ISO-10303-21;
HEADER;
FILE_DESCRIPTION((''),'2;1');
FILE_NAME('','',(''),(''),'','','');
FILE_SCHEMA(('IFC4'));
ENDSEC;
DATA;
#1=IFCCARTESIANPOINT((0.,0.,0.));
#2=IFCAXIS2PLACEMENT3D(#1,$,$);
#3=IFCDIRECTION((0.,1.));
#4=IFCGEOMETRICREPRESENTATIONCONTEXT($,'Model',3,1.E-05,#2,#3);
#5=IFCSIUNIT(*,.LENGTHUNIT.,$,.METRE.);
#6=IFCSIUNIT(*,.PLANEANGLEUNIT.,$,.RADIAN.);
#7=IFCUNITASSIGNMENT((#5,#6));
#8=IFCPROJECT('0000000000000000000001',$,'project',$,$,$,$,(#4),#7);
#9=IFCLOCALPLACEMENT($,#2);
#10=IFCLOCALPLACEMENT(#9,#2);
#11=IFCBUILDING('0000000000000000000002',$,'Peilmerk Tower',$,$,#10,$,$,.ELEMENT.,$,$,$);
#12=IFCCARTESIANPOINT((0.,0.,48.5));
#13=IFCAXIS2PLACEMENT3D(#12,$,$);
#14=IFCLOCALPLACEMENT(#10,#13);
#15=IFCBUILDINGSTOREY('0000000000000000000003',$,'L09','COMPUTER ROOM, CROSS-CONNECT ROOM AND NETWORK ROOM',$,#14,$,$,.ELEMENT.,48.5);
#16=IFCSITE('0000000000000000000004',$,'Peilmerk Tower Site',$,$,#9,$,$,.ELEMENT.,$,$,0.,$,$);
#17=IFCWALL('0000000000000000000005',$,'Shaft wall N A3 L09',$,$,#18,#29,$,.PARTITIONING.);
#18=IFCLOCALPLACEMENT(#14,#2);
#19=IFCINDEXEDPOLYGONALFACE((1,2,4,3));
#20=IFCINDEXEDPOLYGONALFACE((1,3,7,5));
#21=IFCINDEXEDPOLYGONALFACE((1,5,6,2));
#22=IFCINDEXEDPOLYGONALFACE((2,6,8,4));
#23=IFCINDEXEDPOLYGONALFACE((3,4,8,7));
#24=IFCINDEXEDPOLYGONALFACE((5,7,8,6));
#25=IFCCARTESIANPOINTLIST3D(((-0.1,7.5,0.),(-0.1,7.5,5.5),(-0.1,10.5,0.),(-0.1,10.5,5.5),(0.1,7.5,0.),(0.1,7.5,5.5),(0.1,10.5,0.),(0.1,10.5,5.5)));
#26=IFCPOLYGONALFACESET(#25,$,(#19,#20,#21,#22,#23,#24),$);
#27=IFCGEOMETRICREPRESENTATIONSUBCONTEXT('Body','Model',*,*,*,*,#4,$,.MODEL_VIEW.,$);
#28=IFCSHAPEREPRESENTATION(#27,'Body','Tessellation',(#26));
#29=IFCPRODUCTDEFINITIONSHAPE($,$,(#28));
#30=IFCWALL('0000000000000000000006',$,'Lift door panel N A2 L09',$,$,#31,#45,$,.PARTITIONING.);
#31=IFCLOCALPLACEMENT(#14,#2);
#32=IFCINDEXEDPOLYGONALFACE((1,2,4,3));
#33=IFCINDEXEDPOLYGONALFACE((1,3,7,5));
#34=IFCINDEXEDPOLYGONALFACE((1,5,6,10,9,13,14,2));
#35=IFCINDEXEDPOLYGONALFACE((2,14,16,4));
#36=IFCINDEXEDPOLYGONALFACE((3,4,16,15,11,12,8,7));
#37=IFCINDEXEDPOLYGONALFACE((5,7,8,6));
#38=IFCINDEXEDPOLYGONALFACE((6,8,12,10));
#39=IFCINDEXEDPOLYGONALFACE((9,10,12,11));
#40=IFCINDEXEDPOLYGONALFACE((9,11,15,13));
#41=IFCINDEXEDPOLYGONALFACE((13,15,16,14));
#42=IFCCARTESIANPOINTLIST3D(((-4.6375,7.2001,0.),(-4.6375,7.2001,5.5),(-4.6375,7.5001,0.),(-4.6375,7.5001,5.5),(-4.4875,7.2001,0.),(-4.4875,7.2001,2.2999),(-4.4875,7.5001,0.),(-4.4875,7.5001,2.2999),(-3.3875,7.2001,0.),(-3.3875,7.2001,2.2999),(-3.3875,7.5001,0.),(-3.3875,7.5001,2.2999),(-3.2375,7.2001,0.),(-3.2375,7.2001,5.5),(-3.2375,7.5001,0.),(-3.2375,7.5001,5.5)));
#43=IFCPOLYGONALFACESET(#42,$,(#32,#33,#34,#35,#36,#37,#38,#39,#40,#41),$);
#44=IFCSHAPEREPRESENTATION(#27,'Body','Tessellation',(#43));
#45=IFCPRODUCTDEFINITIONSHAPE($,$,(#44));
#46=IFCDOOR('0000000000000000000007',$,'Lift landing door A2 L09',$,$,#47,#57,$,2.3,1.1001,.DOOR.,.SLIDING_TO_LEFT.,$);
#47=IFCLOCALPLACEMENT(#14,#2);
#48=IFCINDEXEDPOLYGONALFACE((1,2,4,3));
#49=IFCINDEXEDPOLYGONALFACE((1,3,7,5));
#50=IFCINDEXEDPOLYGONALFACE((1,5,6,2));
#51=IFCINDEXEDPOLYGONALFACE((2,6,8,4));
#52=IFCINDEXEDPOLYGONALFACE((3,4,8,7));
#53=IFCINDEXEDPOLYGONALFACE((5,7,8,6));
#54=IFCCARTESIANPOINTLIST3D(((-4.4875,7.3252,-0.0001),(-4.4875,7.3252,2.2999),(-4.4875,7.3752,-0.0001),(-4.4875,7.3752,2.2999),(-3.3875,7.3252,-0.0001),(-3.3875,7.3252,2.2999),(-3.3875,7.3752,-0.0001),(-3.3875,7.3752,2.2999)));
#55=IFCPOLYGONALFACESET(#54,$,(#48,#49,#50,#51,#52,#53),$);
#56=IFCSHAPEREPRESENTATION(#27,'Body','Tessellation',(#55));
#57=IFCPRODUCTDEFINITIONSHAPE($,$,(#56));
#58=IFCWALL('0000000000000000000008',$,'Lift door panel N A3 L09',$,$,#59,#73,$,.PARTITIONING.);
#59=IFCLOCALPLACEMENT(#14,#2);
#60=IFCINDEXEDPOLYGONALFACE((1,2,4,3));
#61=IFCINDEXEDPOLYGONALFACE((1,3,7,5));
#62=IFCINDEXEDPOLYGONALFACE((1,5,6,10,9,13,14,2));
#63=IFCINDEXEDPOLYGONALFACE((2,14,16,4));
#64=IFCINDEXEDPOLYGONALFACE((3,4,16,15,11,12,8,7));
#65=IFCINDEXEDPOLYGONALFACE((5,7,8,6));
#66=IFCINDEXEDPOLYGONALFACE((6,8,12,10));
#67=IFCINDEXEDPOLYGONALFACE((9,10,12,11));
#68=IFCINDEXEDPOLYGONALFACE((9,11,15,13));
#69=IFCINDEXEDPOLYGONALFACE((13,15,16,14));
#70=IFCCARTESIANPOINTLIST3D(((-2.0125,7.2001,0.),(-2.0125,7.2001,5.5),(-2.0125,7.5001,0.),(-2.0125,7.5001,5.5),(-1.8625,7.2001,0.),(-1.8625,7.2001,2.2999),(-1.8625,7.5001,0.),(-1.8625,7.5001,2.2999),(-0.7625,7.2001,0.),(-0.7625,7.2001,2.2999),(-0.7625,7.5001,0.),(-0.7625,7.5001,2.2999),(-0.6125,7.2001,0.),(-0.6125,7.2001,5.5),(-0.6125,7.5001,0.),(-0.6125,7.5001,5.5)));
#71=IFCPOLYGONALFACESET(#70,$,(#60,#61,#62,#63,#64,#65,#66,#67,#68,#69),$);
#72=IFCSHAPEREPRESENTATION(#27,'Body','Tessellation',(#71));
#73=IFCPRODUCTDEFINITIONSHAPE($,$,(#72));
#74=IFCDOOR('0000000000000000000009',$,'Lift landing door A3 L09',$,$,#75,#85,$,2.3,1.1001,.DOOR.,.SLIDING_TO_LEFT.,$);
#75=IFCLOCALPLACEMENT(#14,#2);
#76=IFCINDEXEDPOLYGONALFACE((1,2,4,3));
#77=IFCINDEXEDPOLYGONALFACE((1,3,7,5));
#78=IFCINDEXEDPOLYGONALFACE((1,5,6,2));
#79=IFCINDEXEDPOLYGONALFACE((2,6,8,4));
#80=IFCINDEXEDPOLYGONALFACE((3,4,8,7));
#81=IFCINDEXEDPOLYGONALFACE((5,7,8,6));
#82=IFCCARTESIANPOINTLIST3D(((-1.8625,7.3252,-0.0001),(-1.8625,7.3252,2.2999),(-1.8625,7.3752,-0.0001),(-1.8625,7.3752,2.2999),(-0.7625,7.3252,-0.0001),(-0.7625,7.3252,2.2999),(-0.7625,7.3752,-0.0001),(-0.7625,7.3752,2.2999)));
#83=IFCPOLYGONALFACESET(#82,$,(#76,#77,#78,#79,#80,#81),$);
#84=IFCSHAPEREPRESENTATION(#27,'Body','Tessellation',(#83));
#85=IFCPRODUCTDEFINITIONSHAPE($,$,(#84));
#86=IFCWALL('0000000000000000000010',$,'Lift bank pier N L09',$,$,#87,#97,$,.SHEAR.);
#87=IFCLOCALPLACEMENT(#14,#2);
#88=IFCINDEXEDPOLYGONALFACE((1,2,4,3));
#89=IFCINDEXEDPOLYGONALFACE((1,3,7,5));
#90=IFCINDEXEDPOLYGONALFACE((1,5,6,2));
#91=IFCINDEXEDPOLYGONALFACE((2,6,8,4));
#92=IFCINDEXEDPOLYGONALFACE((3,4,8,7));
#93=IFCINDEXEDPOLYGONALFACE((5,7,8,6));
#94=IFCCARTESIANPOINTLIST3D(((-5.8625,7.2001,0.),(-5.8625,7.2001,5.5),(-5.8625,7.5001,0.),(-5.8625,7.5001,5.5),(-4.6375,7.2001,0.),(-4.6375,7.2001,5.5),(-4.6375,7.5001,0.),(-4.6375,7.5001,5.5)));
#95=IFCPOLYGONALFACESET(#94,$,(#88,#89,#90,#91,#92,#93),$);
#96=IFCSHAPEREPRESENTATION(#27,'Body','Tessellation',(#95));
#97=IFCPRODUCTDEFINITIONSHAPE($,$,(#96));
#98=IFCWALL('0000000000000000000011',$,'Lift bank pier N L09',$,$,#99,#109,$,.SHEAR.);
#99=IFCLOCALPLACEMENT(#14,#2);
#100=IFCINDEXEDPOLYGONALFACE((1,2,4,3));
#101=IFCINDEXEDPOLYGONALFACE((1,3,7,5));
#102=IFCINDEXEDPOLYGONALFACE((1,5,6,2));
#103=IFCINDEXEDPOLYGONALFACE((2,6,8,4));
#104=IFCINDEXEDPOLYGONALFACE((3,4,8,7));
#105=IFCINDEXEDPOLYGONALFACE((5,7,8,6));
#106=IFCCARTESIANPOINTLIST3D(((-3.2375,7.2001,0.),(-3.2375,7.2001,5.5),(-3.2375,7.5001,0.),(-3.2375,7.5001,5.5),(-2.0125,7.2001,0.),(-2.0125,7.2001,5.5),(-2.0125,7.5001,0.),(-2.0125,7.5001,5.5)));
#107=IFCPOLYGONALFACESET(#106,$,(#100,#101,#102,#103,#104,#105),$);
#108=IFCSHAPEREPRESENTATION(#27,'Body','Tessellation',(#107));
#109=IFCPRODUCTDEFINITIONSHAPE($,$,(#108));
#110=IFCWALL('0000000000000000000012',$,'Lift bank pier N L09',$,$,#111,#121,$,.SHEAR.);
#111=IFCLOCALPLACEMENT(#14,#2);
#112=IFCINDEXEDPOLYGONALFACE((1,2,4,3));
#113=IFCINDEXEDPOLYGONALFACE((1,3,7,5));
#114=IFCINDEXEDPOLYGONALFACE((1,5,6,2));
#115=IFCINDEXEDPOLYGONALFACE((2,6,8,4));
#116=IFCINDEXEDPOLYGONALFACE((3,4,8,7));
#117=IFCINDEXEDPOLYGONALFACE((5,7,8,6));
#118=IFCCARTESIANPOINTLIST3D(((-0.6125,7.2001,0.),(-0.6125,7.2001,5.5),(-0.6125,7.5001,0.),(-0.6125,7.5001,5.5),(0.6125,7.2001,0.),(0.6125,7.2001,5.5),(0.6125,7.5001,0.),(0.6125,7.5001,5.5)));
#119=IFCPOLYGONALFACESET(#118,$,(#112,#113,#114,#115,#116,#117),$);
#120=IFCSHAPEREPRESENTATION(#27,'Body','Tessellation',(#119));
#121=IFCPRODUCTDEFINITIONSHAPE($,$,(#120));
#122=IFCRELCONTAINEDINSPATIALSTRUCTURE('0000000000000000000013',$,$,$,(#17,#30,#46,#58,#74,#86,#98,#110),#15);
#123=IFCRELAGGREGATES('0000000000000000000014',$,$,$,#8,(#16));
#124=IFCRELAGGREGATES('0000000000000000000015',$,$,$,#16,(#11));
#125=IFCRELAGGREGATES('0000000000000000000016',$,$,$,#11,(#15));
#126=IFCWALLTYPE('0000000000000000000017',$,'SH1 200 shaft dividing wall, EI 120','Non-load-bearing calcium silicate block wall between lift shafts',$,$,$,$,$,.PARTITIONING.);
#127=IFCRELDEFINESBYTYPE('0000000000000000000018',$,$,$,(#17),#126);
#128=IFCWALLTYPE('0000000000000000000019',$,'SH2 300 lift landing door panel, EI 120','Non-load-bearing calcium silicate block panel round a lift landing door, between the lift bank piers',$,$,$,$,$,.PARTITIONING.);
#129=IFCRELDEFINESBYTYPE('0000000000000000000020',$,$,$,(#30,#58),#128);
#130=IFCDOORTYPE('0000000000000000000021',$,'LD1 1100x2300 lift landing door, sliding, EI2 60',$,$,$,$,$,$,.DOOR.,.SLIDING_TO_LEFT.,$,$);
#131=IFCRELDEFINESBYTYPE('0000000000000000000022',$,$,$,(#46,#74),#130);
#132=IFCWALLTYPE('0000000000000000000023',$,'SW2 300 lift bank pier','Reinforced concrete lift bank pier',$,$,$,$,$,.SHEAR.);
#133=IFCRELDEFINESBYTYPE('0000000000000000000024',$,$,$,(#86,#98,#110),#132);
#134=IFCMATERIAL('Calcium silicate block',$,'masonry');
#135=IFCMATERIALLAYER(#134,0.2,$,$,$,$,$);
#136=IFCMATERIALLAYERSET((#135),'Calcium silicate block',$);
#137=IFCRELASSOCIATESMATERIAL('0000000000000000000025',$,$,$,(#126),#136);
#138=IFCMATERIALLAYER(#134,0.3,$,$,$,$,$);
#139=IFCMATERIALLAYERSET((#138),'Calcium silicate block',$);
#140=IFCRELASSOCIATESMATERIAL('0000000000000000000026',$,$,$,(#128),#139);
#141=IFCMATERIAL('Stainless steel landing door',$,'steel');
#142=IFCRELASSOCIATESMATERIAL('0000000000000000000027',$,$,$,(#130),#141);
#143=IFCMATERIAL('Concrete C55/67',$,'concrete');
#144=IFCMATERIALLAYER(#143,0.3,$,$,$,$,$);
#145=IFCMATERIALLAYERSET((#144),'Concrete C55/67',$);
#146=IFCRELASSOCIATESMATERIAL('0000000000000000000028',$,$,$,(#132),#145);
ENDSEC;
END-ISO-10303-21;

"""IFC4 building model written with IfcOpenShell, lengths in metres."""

from ifc_helpers import new_model, si_unit, direction, frame, frame_2d, origin, place, context, subcontext, project, spatial, rectangle, extrude, material, layer, layer_set, type_object, element, fill, save


model = new_model("IFC4")

# Units and contexts
model_context = context("Model", 3, precision=1e-05, world=origin(), true_north=direction((0.0, 1.0)))
body_context = subcontext(model_context, "Body", "Model", "MODEL_VIEW")
ifc_project = project(units=[si_unit("LENGTHUNIT", "METRE"), si_unit("PLANEANGLEUNIT", "RADIAN")], contexts=[model_context])

# Site, building, storey
site_placement = place(None, origin())
site = spatial("IfcSite", under=ifc_project, at=site_placement, Name="Peilmerk Tower Site", CompositionType="ELEMENT", RefElevation=0.0)
building_placement = place(site_placement, origin())
building = spatial("IfcBuilding", under=site, at=building_placement, Name="Peilmerk Tower", CompositionType="ELEMENT")
storey_placement = place(building_placement, frame((0.0, 0.0, 48.5)))
storey = spatial("IfcBuildingStorey", under=building, at=storey_placement, Name="L09", Description="COMPUTER ROOM, CROSS-CONNECT ROOM AND NETWORK ROOM", CompositionType="ELEMENT", Elevation=48.5)

# Shared definitions
ifc_material_1 = material(Name="Concrete C55/67", Category="concrete")

# Wall
ifc_material_2 = material(Name="Calcium silicate block", Category="masonry")
ifc_layer_1 = layer(ifc_material_2, 0.2)
ifc_layer_set_1 = layer_set([ifc_layer_1], Name="Calcium silicate block")
wall_type_1 = type_object("IfcWallType", Name="SH1 200 shaft dividing wall, EI 120", Description="Non-load-bearing calcium silicate block wall between lift shafts", PredefinedType="PARTITIONING", material=ifc_layer_set_1)
for number, where, z_axis, x_axis, name in (
    (1, (0.0, 7.5, 0.0), (0.0, 0.0, 1.0), (0.0, 1.0, 0.0), "Shaft wall N A3 L09"),
):
    element("IfcWall", number, at=place(storey_placement, frame(where, z_axis=z_axis, x_axis=x_axis)), inside=storey, type_object=wall_type_1, Name=name, PredefinedType="PARTITIONING", context=body_context, shape_type="SweptSolid", body=[
        extrude(rectangle(XDim=3.0, YDim=0.2, at=frame_2d((1.5, 0.0))), origin(), (0.0, 0.0, 1.0), 5.5),
    ])

# Walls, openings, doors
ifc_layer_2 = layer(ifc_material_2, 0.3)
ifc_layer_set_2 = layer_set([ifc_layer_2], Name="Calcium silicate block")
wall_type_2 = type_object("IfcWallType", Name="SH2 300 lift landing door panel, EI 120", Description="Non-load-bearing calcium silicate block panel round a lift landing door, between the lift bank piers", PredefinedType="PARTITIONING", material=ifc_layer_set_2)
wall_1_placement = place(storey_placement, frame((-4.6375, 7.3501, 0.0), z_axis=(0.0, 0.0, 1.0), x_axis=(1.0, 0.0, 0.0)))
wall_1 = element("IfcWall", 2, at=wall_1_placement, inside=storey, type_object=wall_type_2, Name="Lift door panel N A2 L09", PredefinedType="PARTITIONING", context=body_context, shape_type="SweptSolid", body=[
    extrude(rectangle(XDim=1.3999, YDim=0.3, at=frame_2d((0.7, 0.0))), origin(), (0.0, 0.0, 1.0), 5.5),
])
opening_1_placement = place(wall_1_placement, frame((0.1499, 0.0, 0.0)))
opening_1 = element("IfcOpeningElement", 3, at=opening_1_placement, cuts=wall_1, PredefinedType="OPENING", context=body_context, shape_type="SweptSolid", body=[
    extrude(rectangle(XDim=1.1001, YDim=2.3, at=frame_2d((0.55, 1.1499))), frame((0.0, 0.1599, 0.0), z_axis=(0.0, -1.0, 0.0), x_axis=(1.0, 0.0, 0.0)), (0.0, 0.0, 1.0), 0.3201),
])
ifc_material_3 = material(Name="Stainless steel landing door", Category="steel")
door_type_1 = type_object("IfcDoorType", Name="LD1 1100x2300 lift landing door, sliding, EI2 60", OperationType="SLIDING_TO_LEFT", PredefinedType="DOOR", material=ifc_material_3)
door_1_placement = place(opening_1_placement, frame((1.1001, 0.0, 0.0), z_axis=(0.0, 0.0, 1.0), x_axis=(-1.0, 0.0, 0.0)))
door_1 = element("IfcDoor", 4, at=door_1_placement, inside=storey, type_object=door_type_1, Name="Lift landing door A2 L09", OperationType="SLIDING_TO_LEFT", OverallHeight=2.3, OverallWidth=1.1001, PredefinedType="DOOR", context=body_context, shape_type="SweptSolid", body=[
    extrude(rectangle(XDim=1.1001, YDim=2.3, at=frame_2d((0.55, 1.1499))), frame((0.0, 0.0249, 0.0), z_axis=(0.0, -1.0, 0.0), x_axis=(1.0, 0.0, 0.0)), (0.0, 0.0, 1.0), 0.05),
])
fill(opening_1, door_1)
wall_2_placement = place(storey_placement, frame((-2.0125, 7.3501, 0.0), z_axis=(0.0, 0.0, 1.0), x_axis=(1.0, 0.0, 0.0)))
wall_2 = element("IfcWall", 5, at=wall_2_placement, inside=storey, type_object=wall_type_2, Name="Lift door panel N A3 L09", PredefinedType="PARTITIONING", context=body_context, shape_type="SweptSolid", body=[
    extrude(rectangle(XDim=1.3999, YDim=0.3, at=frame_2d((0.7, 0.0))), origin(), (0.0, 0.0, 1.0), 5.5),
])
opening_2_placement = place(wall_2_placement, frame((0.1499, 0.0, 0.0)))
opening_2 = element("IfcOpeningElement", 6, at=opening_2_placement, cuts=wall_2, PredefinedType="OPENING", context=body_context, shape_type="SweptSolid", body=[
    extrude(rectangle(XDim=1.1001, YDim=2.3, at=frame_2d((0.55, 1.1499))), frame((0.0, 0.1599, 0.0), z_axis=(0.0, -1.0, 0.0), x_axis=(1.0, 0.0, 0.0)), (0.0, 0.0, 1.0), 0.3201),
])
door_2_placement = place(opening_2_placement, frame((1.1001, 0.0, 0.0), z_axis=(0.0, 0.0, 1.0), x_axis=(-1.0, 0.0, 0.0)))
door_2 = element("IfcDoor", 7, at=door_2_placement, inside=storey, type_object=door_type_1, Name="Lift landing door A3 L09", OperationType="SLIDING_TO_LEFT", OverallHeight=2.3, OverallWidth=1.1001, PredefinedType="DOOR", context=body_context, shape_type="SweptSolid", body=[
    extrude(rectangle(XDim=1.1001, YDim=2.3, at=frame_2d((0.55, 1.1499))), frame((0.0, 0.0249, 0.0), z_axis=(0.0, -1.0, 0.0), x_axis=(1.0, 0.0, 0.0)), (0.0, 0.0, 1.0), 0.05),
])
fill(opening_2, door_2)

# Walls
ifc_layer_3 = layer(ifc_material_1, 0.3)
ifc_layer_set_3 = layer_set([ifc_layer_3], Name="Concrete C55/67")
wall_type_3 = type_object("IfcWallType", Name="SW2 300 lift bank pier", Description="Reinforced concrete lift bank pier", PredefinedType="SHEAR", material=ifc_layer_set_3)
for number, where, z_axis, x_axis, name in (
    (8, (-5.8625, 7.3501, 0.0), (0.0, 0.0, 1.0), (1.0, 0.0, 0.0), "Lift bank pier N L09"),
    (9, (-3.2375, 7.3501, 0.0), (0.0, 0.0, 1.0), (1.0, 0.0, 0.0), "Lift bank pier N L09"),
    (10, (-0.6125, 7.3501, 0.0), (0.0, 0.0, 1.0), (1.0, 0.0, 0.0), "Lift bank pier N L09"),
):
    element("IfcWall", number, at=place(storey_placement, frame(where, z_axis=z_axis, x_axis=x_axis)), inside=storey, type_object=wall_type_3, Name=name, PredefinedType="SHEAR", context=body_context, shape_type="SweptSolid", body=[
        extrude(rectangle(XDim=1.2251, YDim=0.3, at=frame_2d((0.6125, 0.0))), origin(), (0.0, 0.0, 1.0), 5.5),
    ])

save(model, "model.ifc")
